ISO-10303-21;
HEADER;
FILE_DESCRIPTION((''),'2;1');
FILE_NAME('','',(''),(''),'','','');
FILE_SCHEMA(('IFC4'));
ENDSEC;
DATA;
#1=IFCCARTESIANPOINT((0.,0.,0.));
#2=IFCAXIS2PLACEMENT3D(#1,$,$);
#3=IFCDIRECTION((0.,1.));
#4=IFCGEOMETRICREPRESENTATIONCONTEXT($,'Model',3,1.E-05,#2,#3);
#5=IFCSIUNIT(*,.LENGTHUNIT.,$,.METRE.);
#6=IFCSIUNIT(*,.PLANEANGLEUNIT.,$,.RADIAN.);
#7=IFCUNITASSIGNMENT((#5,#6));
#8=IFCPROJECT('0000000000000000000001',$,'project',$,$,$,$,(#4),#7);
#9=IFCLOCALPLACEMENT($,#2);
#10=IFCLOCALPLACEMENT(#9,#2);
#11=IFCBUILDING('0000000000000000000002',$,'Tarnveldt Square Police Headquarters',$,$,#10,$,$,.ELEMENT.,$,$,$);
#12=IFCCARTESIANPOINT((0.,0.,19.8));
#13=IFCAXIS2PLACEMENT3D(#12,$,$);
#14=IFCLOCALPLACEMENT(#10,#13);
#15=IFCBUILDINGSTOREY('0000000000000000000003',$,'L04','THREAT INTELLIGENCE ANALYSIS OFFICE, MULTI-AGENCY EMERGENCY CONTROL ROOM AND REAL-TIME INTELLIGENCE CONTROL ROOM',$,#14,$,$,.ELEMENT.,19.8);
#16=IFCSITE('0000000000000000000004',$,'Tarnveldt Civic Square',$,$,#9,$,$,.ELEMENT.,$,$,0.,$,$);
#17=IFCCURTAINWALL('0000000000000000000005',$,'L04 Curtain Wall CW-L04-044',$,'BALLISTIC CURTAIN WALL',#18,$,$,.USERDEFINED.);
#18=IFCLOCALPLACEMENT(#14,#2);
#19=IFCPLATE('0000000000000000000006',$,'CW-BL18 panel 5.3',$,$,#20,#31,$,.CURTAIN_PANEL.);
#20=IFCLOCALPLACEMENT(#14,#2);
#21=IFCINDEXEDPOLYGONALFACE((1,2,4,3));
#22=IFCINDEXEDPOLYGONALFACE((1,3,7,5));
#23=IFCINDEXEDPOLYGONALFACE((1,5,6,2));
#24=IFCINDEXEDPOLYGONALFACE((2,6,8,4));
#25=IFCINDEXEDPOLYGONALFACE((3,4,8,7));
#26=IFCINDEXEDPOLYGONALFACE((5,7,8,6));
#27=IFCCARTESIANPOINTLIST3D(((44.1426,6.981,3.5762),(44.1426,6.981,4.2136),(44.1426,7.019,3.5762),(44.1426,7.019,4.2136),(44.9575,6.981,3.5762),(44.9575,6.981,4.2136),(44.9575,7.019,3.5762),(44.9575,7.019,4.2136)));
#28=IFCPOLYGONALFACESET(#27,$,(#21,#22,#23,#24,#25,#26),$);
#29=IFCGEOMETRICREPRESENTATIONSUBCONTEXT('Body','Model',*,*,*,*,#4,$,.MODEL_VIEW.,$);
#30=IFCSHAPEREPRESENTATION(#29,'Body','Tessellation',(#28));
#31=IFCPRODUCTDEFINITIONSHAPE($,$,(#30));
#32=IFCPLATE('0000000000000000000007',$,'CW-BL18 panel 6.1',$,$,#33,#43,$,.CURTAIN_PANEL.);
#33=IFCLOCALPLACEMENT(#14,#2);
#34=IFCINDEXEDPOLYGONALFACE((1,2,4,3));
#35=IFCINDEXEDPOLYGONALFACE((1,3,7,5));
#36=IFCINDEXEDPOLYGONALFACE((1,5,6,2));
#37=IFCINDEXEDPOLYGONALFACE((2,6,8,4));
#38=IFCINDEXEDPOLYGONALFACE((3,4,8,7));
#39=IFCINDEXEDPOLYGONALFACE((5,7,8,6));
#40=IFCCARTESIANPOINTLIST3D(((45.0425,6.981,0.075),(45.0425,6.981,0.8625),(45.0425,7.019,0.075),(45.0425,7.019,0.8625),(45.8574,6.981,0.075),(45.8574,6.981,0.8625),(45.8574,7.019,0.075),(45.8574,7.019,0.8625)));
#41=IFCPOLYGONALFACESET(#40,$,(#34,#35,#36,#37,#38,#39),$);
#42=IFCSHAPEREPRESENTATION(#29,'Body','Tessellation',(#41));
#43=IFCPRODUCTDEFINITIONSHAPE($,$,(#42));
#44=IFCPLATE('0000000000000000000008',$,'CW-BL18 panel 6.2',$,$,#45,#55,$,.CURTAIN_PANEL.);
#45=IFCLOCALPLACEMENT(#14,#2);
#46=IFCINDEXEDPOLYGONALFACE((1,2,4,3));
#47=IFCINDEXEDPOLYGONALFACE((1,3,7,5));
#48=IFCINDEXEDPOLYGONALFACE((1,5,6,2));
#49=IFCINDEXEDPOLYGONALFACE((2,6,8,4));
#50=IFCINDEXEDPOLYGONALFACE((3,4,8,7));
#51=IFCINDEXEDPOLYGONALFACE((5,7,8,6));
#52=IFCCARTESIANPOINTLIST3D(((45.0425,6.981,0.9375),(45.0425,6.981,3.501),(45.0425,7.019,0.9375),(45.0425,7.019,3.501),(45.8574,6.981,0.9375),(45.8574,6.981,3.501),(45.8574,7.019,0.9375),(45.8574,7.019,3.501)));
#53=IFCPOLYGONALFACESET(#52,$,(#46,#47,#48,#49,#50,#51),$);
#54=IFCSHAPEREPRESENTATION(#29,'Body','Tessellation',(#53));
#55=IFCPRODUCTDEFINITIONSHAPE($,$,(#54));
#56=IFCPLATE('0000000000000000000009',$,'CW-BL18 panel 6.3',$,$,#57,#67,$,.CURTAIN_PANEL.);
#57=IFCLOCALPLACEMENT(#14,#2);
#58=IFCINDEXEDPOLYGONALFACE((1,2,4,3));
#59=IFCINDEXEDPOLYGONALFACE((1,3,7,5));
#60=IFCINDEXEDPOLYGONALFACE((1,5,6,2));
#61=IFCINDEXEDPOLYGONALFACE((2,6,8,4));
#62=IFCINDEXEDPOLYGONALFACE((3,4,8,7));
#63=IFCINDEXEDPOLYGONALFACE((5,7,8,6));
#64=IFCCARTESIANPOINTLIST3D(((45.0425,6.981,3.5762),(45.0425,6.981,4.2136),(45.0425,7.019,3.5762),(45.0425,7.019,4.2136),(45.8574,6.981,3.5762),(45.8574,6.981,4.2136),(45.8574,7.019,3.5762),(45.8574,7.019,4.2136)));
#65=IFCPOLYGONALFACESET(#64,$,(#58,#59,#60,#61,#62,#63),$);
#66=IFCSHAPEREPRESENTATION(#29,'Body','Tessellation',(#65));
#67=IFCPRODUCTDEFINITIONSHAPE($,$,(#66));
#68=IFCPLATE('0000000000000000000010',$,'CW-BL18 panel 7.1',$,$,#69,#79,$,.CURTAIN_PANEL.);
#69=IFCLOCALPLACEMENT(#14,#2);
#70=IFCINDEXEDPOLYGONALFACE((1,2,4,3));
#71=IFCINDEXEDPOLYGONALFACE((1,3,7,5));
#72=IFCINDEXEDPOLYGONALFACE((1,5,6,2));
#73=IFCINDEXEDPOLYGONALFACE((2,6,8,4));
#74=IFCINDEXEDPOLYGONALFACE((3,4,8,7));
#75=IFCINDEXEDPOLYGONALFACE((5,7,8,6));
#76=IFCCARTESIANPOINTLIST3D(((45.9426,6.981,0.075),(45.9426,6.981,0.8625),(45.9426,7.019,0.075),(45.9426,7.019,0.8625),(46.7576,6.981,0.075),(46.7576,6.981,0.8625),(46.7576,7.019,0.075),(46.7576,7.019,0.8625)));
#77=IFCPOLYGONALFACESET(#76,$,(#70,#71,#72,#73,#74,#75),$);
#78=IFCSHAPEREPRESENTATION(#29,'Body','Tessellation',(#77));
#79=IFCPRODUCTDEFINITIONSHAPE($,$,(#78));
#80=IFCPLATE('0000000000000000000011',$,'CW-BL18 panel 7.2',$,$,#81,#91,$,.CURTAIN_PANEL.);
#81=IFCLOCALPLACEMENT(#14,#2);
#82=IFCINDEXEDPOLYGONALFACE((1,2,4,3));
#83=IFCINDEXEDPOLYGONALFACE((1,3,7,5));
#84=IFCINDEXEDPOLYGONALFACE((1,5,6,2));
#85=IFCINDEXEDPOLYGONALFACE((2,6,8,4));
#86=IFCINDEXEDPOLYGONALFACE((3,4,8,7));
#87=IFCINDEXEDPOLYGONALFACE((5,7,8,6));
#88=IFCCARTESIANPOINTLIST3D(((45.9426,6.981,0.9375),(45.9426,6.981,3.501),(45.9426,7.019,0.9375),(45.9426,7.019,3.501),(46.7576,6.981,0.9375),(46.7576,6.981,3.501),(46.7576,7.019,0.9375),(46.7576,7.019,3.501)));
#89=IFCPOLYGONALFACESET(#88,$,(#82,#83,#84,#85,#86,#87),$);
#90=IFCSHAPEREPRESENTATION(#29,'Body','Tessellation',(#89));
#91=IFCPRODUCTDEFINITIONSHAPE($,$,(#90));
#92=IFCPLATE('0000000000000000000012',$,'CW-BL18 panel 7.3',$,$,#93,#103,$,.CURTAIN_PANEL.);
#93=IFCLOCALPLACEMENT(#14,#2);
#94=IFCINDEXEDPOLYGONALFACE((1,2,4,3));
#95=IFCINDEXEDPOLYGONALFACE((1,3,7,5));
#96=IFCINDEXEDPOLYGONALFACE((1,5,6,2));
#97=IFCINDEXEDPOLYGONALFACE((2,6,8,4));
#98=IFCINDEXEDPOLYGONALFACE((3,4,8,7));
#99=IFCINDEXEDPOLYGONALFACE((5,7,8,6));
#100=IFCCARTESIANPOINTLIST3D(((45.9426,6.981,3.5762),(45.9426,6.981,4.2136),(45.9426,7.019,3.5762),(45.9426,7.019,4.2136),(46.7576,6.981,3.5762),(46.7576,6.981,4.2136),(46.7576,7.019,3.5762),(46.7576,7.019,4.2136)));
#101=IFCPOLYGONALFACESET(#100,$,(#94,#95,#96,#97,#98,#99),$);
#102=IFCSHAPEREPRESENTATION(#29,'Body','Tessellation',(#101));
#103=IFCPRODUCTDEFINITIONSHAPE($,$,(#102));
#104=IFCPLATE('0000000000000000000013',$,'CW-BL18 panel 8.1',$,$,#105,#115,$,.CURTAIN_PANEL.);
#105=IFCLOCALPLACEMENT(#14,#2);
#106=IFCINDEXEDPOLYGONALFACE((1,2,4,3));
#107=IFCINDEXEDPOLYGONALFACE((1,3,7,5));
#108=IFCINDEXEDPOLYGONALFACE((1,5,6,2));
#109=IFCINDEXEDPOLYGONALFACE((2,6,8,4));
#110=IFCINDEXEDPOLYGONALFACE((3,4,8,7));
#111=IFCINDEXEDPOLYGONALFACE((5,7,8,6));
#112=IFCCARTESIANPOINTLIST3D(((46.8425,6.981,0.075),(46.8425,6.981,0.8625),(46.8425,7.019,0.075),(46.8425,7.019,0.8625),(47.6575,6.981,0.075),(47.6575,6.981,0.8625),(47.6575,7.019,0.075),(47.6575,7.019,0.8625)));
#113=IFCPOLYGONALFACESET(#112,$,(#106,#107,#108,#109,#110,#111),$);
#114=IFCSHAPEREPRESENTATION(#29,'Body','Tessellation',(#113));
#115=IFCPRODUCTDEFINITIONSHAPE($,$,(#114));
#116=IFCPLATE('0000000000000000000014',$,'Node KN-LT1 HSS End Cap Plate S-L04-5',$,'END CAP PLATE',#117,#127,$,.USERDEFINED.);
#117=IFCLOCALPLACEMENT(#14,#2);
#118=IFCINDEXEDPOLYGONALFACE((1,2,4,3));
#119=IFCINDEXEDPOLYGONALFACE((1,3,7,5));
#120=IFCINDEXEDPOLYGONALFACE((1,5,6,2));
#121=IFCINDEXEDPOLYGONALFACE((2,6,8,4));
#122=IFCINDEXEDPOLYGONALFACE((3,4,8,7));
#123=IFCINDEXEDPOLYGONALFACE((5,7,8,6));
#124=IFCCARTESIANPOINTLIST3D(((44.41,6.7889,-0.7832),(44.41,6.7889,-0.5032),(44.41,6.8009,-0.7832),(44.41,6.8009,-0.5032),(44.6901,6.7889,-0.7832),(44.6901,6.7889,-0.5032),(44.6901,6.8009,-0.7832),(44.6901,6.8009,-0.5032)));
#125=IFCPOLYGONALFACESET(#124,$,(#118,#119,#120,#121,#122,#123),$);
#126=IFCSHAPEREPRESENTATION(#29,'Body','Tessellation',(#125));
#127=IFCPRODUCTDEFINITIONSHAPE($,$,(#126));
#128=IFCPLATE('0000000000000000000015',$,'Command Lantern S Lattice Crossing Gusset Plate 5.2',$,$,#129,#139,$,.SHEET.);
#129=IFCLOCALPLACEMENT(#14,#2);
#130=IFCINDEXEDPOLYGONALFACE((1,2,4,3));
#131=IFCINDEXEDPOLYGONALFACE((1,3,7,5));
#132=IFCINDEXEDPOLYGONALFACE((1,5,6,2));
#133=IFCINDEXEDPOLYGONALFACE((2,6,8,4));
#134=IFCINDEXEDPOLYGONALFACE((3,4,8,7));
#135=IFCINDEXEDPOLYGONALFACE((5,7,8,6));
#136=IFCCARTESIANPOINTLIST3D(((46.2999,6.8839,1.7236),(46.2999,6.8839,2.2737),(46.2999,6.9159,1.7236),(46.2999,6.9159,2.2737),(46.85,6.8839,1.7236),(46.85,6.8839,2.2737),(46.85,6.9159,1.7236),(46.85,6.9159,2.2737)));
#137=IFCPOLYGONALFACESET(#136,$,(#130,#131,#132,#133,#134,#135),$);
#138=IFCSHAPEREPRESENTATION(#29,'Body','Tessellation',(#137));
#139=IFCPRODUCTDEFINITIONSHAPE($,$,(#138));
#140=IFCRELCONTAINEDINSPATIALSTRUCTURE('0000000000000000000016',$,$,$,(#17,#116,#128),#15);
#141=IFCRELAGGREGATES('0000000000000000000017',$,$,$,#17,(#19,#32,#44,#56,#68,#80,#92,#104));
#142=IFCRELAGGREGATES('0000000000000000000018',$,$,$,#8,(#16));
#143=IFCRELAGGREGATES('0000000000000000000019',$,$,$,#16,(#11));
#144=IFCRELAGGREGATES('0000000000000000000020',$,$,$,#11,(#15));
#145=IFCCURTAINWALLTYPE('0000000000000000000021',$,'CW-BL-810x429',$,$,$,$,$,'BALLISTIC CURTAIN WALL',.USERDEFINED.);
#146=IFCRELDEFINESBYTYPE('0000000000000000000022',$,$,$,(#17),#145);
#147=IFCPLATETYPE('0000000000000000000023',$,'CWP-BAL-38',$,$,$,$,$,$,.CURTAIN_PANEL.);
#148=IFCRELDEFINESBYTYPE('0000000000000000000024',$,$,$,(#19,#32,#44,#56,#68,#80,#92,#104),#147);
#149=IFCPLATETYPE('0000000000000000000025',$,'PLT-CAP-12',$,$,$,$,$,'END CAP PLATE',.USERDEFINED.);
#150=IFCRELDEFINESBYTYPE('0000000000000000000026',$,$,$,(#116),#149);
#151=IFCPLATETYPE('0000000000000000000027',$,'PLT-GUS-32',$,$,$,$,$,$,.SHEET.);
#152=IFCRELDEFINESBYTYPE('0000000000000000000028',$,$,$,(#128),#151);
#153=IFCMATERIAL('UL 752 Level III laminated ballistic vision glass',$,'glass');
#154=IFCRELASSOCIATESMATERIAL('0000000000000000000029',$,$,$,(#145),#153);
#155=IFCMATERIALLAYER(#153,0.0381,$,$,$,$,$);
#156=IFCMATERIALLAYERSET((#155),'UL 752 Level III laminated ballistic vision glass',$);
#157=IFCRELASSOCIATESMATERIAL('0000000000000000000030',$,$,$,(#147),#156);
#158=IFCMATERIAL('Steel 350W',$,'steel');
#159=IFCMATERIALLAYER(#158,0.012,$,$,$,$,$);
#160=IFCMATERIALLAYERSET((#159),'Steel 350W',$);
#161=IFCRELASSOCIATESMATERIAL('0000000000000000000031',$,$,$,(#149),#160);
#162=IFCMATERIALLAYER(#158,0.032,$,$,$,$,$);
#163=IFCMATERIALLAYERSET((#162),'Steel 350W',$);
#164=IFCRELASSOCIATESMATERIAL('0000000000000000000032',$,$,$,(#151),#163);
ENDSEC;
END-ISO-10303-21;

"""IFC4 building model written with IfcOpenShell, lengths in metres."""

from ifc_helpers import new_model, si_unit, direction, frame, origin, origin_2d, place, context, subcontext, project, spatial, rectangle, extrude, material, layer, layer_set, type_object, element, aggregate, save


model = new_model("IFC4")

# Units and contexts
model_context = context("Model", 3, precision=1e-05, world=origin(), true_north=direction((0.0, 1.0)))
body_context = subcontext(model_context, "Body", "Model", "MODEL_VIEW")
ifc_project = project(units=[si_unit("LENGTHUNIT", "METRE"), si_unit("PLANEANGLEUNIT", "RADIAN")], contexts=[model_context])

# Site, building, storey
site_placement = place(None, origin())
site = spatial("IfcSite", under=ifc_project, at=site_placement, Name="Tarnveldt Civic Square", CompositionType="ELEMENT", RefElevation=0.0)
building_placement = place(site_placement, origin())
building = spatial("IfcBuilding", under=site, at=building_placement, Name="Tarnveldt Square Police Headquarters", CompositionType="ELEMENT")
storey_placement = place(building_placement, frame((0.0, 0.0, 19.8)))
storey = spatial("IfcBuildingStorey", under=building, at=storey_placement, Name="L04", Description="THREAT INTELLIGENCE ANALYSIS OFFICE, MULTI-AGENCY EMERGENCY CONTROL ROOM AND REAL-TIME INTELLIGENCE CONTROL ROOM", CompositionType="ELEMENT", Elevation=19.8)

# Curtain wall
ifc_material_1 = material(Name="UL 752 Level III laminated ballistic vision glass", Category="glass")
curtain_wall_type = type_object("IfcCurtainWallType", Name="CW-BL-810x429", ElementType="BALLISTIC CURTAIN WALL", PredefinedType="USERDEFINED", material=ifc_material_1)
curtain_wall_placement = place(storey_placement, origin())
curtain_wall = element("IfcCurtainWall", 1, at=curtain_wall_placement, inside=storey, type_object=curtain_wall_type, Name="L04 Curtain Wall CW-L04-044", ObjectType="BALLISTIC CURTAIN WALL", PredefinedType="USERDEFINED")

# Shared definitions
ifc_material_2 = material(Name="Steel 350W", Category="steel")

# Plates
ifc_layer_1 = layer(ifc_material_1, 0.0381)
ifc_layer_set_1 = layer_set([ifc_layer_1], Name="UL 752 Level III laminated ballistic vision glass")
plate_type_1 = type_object("IfcPlateType", Name="CWP-BAL-38", PredefinedType="CURTAIN_PANEL", material=ifc_layer_set_1)
plate_1_placement = place(storey_placement, frame((44.55, 7.0, 3.5762), z_axis=(0.0, 0.0, 1.0), x_axis=(1.0, 0.0, 0.0)))
plate_1 = element("IfcPlate", 2, at=plate_1_placement, type_object=plate_type_1, Name="CW-BL18 panel 5.3", PredefinedType="CURTAIN_PANEL", context=body_context, shape_type="SweptSolid", body=[
    extrude(rectangle(XDim=0.8149, YDim=0.0381, at=origin_2d()), origin(), (0.0, 0.0, 1.0), 0.6375),
])
plate_2_placement = place(storey_placement, frame((45.45, 7.0, 0.075), z_axis=(0.0, 0.0, 1.0), x_axis=(1.0, 0.0, 0.0)))
plate_2 = element("IfcPlate", 3, at=plate_2_placement, type_object=plate_type_1, Name="CW-BL18 panel 6.1", PredefinedType="CURTAIN_PANEL", context=body_context, shape_type="SweptSolid", body=[
    extrude(rectangle(XDim=0.8149, YDim=0.0381, at=origin_2d()), origin(), (0.0, 0.0, 1.0), 0.7876),
])
plate_3_placement = place(storey_placement, frame((45.45, 7.0, 0.9375), z_axis=(0.0, 0.0, 1.0), x_axis=(1.0, 0.0, 0.0)))
plate_3 = element("IfcPlate", 4, at=plate_3_placement, type_object=plate_type_1, Name="CW-BL18 panel 6.2", PredefinedType="CURTAIN_PANEL", context=body_context, shape_type="SweptSolid", body=[
    extrude(rectangle(XDim=0.8149, YDim=0.0381, at=origin_2d()), origin(), (0.0, 0.0, 1.0), 2.5635),
])
plate_4_placement = place(storey_placement, frame((45.45, 7.0, 3.5762), z_axis=(0.0, 0.0, 1.0), x_axis=(1.0, 0.0, 0.0)))
plate_4 = element("IfcPlate", 5, at=plate_4_placement, type_object=plate_type_1, Name="CW-BL18 panel 6.3", PredefinedType="CURTAIN_PANEL", context=body_context, shape_type="SweptSolid", body=[
    extrude(rectangle(XDim=0.8149, YDim=0.0381, at=origin_2d()), origin(), (0.0, 0.0, 1.0), 0.6375),
])
plate_5_placement = place(storey_placement, frame((46.3501, 7.0, 0.075), z_axis=(0.0, 0.0, 1.0), x_axis=(1.0, 0.0, 0.0)))
plate_5 = element("IfcPlate", 6, at=plate_5_placement, type_object=plate_type_1, Name="CW-BL18 panel 7.1", PredefinedType="CURTAIN_PANEL", context=body_context, shape_type="SweptSolid", body=[
    extrude(rectangle(XDim=0.8149, YDim=0.0381, at=origin_2d()), origin(), (0.0, 0.0, 1.0), 0.7876),
])
plate_6_placement = place(storey_placement, frame((46.3501, 7.0, 0.9375), z_axis=(0.0, 0.0, 1.0), x_axis=(1.0, 0.0, 0.0)))
plate_6 = element("IfcPlate", 7, at=plate_6_placement, type_object=plate_type_1, Name="CW-BL18 panel 7.2", PredefinedType="CURTAIN_PANEL", context=body_context, shape_type="SweptSolid", body=[
    extrude(rectangle(XDim=0.8149, YDim=0.0381, at=origin_2d()), origin(), (0.0, 0.0, 1.0), 2.5635),
])
plate_7_placement = place(storey_placement, frame((46.3501, 7.0, 3.5762), z_axis=(0.0, 0.0, 1.0), x_axis=(1.0, 0.0, 0.0)))
plate_7 = element("IfcPlate", 8, at=plate_7_placement, type_object=plate_type_1, Name="CW-BL18 panel 7.3", PredefinedType="CURTAIN_PANEL", context=body_context, shape_type="SweptSolid", body=[
    extrude(rectangle(XDim=0.8149, YDim=0.0381, at=origin_2d()), origin(), (0.0, 0.0, 1.0), 0.6375),
])
plate_8_placement = place(storey_placement, frame((47.25, 7.0, 0.075), z_axis=(0.0, 0.0, 1.0), x_axis=(1.0, 0.0, 0.0)))
plate_8 = element("IfcPlate", 9, at=plate_8_placement, type_object=plate_type_1, Name="CW-BL18 panel 8.1", PredefinedType="CURTAIN_PANEL", context=body_context, shape_type="SweptSolid", body=[
    extrude(rectangle(XDim=0.8149, YDim=0.0381, at=origin_2d()), origin(), (0.0, 0.0, 1.0), 0.7876),
])
aggregate(curtain_wall, [plate_1, plate_2, plate_3, plate_4, plate_5, plate_6, plate_7, plate_8])

# Plates
ifc_layer_2 = layer(ifc_material_2, 0.012)
ifc_layer_set_2 = layer_set([ifc_layer_2], Name="Steel 350W")
plate_type_2 = type_object("IfcPlateType", Name="PLT-CAP-12", ElementType="END CAP PLATE", PredefinedType="USERDEFINED", material=ifc_layer_set_2)
plate_9_placement = place(storey_placement, frame((44.55, 6.7949, -0.7832), z_axis=(0.0, 0.0, 1.0), x_axis=(1.0, 0.0, 0.0)))
element("IfcPlate", 10, at=plate_9_placement, inside=storey, type_object=plate_type_2, Name="Node KN-LT1 HSS End Cap Plate S-L04-5", ObjectType="END CAP PLATE", PredefinedType="USERDEFINED", context=body_context, shape_type="SweptSolid", body=[
    extrude(rectangle(XDim=0.28, YDim=0.012, at=origin_2d()), origin(), (0.0, 0.0, 1.0), 0.28),
])
ifc_layer_3 = layer(ifc_material_2, 0.032)
ifc_layer_set_3 = layer_set([ifc_layer_3], Name="Steel 350W")
plate_type_3 = type_object("IfcPlateType", Name="PLT-GUS-32", PredefinedType="SHEET", material=ifc_layer_set_3)
plate_10_placement = place(storey_placement, frame((46.575, 6.8999, 1.7236), z_axis=(0.0, 0.0, 1.0), x_axis=(1.0, 0.0, 0.0)))
element("IfcPlate", 11, at=plate_10_placement, inside=storey, type_object=plate_type_3, Name="Command Lantern S Lattice Crossing Gusset Plate 5.2", PredefinedType="SHEET", context=body_context, shape_type="SweptSolid", body=[
    extrude(rectangle(XDim=0.55, YDim=0.032, at=origin_2d()), origin(), (0.0, 0.0, 1.0), 0.55),
])

save(model, "model.ifc")
